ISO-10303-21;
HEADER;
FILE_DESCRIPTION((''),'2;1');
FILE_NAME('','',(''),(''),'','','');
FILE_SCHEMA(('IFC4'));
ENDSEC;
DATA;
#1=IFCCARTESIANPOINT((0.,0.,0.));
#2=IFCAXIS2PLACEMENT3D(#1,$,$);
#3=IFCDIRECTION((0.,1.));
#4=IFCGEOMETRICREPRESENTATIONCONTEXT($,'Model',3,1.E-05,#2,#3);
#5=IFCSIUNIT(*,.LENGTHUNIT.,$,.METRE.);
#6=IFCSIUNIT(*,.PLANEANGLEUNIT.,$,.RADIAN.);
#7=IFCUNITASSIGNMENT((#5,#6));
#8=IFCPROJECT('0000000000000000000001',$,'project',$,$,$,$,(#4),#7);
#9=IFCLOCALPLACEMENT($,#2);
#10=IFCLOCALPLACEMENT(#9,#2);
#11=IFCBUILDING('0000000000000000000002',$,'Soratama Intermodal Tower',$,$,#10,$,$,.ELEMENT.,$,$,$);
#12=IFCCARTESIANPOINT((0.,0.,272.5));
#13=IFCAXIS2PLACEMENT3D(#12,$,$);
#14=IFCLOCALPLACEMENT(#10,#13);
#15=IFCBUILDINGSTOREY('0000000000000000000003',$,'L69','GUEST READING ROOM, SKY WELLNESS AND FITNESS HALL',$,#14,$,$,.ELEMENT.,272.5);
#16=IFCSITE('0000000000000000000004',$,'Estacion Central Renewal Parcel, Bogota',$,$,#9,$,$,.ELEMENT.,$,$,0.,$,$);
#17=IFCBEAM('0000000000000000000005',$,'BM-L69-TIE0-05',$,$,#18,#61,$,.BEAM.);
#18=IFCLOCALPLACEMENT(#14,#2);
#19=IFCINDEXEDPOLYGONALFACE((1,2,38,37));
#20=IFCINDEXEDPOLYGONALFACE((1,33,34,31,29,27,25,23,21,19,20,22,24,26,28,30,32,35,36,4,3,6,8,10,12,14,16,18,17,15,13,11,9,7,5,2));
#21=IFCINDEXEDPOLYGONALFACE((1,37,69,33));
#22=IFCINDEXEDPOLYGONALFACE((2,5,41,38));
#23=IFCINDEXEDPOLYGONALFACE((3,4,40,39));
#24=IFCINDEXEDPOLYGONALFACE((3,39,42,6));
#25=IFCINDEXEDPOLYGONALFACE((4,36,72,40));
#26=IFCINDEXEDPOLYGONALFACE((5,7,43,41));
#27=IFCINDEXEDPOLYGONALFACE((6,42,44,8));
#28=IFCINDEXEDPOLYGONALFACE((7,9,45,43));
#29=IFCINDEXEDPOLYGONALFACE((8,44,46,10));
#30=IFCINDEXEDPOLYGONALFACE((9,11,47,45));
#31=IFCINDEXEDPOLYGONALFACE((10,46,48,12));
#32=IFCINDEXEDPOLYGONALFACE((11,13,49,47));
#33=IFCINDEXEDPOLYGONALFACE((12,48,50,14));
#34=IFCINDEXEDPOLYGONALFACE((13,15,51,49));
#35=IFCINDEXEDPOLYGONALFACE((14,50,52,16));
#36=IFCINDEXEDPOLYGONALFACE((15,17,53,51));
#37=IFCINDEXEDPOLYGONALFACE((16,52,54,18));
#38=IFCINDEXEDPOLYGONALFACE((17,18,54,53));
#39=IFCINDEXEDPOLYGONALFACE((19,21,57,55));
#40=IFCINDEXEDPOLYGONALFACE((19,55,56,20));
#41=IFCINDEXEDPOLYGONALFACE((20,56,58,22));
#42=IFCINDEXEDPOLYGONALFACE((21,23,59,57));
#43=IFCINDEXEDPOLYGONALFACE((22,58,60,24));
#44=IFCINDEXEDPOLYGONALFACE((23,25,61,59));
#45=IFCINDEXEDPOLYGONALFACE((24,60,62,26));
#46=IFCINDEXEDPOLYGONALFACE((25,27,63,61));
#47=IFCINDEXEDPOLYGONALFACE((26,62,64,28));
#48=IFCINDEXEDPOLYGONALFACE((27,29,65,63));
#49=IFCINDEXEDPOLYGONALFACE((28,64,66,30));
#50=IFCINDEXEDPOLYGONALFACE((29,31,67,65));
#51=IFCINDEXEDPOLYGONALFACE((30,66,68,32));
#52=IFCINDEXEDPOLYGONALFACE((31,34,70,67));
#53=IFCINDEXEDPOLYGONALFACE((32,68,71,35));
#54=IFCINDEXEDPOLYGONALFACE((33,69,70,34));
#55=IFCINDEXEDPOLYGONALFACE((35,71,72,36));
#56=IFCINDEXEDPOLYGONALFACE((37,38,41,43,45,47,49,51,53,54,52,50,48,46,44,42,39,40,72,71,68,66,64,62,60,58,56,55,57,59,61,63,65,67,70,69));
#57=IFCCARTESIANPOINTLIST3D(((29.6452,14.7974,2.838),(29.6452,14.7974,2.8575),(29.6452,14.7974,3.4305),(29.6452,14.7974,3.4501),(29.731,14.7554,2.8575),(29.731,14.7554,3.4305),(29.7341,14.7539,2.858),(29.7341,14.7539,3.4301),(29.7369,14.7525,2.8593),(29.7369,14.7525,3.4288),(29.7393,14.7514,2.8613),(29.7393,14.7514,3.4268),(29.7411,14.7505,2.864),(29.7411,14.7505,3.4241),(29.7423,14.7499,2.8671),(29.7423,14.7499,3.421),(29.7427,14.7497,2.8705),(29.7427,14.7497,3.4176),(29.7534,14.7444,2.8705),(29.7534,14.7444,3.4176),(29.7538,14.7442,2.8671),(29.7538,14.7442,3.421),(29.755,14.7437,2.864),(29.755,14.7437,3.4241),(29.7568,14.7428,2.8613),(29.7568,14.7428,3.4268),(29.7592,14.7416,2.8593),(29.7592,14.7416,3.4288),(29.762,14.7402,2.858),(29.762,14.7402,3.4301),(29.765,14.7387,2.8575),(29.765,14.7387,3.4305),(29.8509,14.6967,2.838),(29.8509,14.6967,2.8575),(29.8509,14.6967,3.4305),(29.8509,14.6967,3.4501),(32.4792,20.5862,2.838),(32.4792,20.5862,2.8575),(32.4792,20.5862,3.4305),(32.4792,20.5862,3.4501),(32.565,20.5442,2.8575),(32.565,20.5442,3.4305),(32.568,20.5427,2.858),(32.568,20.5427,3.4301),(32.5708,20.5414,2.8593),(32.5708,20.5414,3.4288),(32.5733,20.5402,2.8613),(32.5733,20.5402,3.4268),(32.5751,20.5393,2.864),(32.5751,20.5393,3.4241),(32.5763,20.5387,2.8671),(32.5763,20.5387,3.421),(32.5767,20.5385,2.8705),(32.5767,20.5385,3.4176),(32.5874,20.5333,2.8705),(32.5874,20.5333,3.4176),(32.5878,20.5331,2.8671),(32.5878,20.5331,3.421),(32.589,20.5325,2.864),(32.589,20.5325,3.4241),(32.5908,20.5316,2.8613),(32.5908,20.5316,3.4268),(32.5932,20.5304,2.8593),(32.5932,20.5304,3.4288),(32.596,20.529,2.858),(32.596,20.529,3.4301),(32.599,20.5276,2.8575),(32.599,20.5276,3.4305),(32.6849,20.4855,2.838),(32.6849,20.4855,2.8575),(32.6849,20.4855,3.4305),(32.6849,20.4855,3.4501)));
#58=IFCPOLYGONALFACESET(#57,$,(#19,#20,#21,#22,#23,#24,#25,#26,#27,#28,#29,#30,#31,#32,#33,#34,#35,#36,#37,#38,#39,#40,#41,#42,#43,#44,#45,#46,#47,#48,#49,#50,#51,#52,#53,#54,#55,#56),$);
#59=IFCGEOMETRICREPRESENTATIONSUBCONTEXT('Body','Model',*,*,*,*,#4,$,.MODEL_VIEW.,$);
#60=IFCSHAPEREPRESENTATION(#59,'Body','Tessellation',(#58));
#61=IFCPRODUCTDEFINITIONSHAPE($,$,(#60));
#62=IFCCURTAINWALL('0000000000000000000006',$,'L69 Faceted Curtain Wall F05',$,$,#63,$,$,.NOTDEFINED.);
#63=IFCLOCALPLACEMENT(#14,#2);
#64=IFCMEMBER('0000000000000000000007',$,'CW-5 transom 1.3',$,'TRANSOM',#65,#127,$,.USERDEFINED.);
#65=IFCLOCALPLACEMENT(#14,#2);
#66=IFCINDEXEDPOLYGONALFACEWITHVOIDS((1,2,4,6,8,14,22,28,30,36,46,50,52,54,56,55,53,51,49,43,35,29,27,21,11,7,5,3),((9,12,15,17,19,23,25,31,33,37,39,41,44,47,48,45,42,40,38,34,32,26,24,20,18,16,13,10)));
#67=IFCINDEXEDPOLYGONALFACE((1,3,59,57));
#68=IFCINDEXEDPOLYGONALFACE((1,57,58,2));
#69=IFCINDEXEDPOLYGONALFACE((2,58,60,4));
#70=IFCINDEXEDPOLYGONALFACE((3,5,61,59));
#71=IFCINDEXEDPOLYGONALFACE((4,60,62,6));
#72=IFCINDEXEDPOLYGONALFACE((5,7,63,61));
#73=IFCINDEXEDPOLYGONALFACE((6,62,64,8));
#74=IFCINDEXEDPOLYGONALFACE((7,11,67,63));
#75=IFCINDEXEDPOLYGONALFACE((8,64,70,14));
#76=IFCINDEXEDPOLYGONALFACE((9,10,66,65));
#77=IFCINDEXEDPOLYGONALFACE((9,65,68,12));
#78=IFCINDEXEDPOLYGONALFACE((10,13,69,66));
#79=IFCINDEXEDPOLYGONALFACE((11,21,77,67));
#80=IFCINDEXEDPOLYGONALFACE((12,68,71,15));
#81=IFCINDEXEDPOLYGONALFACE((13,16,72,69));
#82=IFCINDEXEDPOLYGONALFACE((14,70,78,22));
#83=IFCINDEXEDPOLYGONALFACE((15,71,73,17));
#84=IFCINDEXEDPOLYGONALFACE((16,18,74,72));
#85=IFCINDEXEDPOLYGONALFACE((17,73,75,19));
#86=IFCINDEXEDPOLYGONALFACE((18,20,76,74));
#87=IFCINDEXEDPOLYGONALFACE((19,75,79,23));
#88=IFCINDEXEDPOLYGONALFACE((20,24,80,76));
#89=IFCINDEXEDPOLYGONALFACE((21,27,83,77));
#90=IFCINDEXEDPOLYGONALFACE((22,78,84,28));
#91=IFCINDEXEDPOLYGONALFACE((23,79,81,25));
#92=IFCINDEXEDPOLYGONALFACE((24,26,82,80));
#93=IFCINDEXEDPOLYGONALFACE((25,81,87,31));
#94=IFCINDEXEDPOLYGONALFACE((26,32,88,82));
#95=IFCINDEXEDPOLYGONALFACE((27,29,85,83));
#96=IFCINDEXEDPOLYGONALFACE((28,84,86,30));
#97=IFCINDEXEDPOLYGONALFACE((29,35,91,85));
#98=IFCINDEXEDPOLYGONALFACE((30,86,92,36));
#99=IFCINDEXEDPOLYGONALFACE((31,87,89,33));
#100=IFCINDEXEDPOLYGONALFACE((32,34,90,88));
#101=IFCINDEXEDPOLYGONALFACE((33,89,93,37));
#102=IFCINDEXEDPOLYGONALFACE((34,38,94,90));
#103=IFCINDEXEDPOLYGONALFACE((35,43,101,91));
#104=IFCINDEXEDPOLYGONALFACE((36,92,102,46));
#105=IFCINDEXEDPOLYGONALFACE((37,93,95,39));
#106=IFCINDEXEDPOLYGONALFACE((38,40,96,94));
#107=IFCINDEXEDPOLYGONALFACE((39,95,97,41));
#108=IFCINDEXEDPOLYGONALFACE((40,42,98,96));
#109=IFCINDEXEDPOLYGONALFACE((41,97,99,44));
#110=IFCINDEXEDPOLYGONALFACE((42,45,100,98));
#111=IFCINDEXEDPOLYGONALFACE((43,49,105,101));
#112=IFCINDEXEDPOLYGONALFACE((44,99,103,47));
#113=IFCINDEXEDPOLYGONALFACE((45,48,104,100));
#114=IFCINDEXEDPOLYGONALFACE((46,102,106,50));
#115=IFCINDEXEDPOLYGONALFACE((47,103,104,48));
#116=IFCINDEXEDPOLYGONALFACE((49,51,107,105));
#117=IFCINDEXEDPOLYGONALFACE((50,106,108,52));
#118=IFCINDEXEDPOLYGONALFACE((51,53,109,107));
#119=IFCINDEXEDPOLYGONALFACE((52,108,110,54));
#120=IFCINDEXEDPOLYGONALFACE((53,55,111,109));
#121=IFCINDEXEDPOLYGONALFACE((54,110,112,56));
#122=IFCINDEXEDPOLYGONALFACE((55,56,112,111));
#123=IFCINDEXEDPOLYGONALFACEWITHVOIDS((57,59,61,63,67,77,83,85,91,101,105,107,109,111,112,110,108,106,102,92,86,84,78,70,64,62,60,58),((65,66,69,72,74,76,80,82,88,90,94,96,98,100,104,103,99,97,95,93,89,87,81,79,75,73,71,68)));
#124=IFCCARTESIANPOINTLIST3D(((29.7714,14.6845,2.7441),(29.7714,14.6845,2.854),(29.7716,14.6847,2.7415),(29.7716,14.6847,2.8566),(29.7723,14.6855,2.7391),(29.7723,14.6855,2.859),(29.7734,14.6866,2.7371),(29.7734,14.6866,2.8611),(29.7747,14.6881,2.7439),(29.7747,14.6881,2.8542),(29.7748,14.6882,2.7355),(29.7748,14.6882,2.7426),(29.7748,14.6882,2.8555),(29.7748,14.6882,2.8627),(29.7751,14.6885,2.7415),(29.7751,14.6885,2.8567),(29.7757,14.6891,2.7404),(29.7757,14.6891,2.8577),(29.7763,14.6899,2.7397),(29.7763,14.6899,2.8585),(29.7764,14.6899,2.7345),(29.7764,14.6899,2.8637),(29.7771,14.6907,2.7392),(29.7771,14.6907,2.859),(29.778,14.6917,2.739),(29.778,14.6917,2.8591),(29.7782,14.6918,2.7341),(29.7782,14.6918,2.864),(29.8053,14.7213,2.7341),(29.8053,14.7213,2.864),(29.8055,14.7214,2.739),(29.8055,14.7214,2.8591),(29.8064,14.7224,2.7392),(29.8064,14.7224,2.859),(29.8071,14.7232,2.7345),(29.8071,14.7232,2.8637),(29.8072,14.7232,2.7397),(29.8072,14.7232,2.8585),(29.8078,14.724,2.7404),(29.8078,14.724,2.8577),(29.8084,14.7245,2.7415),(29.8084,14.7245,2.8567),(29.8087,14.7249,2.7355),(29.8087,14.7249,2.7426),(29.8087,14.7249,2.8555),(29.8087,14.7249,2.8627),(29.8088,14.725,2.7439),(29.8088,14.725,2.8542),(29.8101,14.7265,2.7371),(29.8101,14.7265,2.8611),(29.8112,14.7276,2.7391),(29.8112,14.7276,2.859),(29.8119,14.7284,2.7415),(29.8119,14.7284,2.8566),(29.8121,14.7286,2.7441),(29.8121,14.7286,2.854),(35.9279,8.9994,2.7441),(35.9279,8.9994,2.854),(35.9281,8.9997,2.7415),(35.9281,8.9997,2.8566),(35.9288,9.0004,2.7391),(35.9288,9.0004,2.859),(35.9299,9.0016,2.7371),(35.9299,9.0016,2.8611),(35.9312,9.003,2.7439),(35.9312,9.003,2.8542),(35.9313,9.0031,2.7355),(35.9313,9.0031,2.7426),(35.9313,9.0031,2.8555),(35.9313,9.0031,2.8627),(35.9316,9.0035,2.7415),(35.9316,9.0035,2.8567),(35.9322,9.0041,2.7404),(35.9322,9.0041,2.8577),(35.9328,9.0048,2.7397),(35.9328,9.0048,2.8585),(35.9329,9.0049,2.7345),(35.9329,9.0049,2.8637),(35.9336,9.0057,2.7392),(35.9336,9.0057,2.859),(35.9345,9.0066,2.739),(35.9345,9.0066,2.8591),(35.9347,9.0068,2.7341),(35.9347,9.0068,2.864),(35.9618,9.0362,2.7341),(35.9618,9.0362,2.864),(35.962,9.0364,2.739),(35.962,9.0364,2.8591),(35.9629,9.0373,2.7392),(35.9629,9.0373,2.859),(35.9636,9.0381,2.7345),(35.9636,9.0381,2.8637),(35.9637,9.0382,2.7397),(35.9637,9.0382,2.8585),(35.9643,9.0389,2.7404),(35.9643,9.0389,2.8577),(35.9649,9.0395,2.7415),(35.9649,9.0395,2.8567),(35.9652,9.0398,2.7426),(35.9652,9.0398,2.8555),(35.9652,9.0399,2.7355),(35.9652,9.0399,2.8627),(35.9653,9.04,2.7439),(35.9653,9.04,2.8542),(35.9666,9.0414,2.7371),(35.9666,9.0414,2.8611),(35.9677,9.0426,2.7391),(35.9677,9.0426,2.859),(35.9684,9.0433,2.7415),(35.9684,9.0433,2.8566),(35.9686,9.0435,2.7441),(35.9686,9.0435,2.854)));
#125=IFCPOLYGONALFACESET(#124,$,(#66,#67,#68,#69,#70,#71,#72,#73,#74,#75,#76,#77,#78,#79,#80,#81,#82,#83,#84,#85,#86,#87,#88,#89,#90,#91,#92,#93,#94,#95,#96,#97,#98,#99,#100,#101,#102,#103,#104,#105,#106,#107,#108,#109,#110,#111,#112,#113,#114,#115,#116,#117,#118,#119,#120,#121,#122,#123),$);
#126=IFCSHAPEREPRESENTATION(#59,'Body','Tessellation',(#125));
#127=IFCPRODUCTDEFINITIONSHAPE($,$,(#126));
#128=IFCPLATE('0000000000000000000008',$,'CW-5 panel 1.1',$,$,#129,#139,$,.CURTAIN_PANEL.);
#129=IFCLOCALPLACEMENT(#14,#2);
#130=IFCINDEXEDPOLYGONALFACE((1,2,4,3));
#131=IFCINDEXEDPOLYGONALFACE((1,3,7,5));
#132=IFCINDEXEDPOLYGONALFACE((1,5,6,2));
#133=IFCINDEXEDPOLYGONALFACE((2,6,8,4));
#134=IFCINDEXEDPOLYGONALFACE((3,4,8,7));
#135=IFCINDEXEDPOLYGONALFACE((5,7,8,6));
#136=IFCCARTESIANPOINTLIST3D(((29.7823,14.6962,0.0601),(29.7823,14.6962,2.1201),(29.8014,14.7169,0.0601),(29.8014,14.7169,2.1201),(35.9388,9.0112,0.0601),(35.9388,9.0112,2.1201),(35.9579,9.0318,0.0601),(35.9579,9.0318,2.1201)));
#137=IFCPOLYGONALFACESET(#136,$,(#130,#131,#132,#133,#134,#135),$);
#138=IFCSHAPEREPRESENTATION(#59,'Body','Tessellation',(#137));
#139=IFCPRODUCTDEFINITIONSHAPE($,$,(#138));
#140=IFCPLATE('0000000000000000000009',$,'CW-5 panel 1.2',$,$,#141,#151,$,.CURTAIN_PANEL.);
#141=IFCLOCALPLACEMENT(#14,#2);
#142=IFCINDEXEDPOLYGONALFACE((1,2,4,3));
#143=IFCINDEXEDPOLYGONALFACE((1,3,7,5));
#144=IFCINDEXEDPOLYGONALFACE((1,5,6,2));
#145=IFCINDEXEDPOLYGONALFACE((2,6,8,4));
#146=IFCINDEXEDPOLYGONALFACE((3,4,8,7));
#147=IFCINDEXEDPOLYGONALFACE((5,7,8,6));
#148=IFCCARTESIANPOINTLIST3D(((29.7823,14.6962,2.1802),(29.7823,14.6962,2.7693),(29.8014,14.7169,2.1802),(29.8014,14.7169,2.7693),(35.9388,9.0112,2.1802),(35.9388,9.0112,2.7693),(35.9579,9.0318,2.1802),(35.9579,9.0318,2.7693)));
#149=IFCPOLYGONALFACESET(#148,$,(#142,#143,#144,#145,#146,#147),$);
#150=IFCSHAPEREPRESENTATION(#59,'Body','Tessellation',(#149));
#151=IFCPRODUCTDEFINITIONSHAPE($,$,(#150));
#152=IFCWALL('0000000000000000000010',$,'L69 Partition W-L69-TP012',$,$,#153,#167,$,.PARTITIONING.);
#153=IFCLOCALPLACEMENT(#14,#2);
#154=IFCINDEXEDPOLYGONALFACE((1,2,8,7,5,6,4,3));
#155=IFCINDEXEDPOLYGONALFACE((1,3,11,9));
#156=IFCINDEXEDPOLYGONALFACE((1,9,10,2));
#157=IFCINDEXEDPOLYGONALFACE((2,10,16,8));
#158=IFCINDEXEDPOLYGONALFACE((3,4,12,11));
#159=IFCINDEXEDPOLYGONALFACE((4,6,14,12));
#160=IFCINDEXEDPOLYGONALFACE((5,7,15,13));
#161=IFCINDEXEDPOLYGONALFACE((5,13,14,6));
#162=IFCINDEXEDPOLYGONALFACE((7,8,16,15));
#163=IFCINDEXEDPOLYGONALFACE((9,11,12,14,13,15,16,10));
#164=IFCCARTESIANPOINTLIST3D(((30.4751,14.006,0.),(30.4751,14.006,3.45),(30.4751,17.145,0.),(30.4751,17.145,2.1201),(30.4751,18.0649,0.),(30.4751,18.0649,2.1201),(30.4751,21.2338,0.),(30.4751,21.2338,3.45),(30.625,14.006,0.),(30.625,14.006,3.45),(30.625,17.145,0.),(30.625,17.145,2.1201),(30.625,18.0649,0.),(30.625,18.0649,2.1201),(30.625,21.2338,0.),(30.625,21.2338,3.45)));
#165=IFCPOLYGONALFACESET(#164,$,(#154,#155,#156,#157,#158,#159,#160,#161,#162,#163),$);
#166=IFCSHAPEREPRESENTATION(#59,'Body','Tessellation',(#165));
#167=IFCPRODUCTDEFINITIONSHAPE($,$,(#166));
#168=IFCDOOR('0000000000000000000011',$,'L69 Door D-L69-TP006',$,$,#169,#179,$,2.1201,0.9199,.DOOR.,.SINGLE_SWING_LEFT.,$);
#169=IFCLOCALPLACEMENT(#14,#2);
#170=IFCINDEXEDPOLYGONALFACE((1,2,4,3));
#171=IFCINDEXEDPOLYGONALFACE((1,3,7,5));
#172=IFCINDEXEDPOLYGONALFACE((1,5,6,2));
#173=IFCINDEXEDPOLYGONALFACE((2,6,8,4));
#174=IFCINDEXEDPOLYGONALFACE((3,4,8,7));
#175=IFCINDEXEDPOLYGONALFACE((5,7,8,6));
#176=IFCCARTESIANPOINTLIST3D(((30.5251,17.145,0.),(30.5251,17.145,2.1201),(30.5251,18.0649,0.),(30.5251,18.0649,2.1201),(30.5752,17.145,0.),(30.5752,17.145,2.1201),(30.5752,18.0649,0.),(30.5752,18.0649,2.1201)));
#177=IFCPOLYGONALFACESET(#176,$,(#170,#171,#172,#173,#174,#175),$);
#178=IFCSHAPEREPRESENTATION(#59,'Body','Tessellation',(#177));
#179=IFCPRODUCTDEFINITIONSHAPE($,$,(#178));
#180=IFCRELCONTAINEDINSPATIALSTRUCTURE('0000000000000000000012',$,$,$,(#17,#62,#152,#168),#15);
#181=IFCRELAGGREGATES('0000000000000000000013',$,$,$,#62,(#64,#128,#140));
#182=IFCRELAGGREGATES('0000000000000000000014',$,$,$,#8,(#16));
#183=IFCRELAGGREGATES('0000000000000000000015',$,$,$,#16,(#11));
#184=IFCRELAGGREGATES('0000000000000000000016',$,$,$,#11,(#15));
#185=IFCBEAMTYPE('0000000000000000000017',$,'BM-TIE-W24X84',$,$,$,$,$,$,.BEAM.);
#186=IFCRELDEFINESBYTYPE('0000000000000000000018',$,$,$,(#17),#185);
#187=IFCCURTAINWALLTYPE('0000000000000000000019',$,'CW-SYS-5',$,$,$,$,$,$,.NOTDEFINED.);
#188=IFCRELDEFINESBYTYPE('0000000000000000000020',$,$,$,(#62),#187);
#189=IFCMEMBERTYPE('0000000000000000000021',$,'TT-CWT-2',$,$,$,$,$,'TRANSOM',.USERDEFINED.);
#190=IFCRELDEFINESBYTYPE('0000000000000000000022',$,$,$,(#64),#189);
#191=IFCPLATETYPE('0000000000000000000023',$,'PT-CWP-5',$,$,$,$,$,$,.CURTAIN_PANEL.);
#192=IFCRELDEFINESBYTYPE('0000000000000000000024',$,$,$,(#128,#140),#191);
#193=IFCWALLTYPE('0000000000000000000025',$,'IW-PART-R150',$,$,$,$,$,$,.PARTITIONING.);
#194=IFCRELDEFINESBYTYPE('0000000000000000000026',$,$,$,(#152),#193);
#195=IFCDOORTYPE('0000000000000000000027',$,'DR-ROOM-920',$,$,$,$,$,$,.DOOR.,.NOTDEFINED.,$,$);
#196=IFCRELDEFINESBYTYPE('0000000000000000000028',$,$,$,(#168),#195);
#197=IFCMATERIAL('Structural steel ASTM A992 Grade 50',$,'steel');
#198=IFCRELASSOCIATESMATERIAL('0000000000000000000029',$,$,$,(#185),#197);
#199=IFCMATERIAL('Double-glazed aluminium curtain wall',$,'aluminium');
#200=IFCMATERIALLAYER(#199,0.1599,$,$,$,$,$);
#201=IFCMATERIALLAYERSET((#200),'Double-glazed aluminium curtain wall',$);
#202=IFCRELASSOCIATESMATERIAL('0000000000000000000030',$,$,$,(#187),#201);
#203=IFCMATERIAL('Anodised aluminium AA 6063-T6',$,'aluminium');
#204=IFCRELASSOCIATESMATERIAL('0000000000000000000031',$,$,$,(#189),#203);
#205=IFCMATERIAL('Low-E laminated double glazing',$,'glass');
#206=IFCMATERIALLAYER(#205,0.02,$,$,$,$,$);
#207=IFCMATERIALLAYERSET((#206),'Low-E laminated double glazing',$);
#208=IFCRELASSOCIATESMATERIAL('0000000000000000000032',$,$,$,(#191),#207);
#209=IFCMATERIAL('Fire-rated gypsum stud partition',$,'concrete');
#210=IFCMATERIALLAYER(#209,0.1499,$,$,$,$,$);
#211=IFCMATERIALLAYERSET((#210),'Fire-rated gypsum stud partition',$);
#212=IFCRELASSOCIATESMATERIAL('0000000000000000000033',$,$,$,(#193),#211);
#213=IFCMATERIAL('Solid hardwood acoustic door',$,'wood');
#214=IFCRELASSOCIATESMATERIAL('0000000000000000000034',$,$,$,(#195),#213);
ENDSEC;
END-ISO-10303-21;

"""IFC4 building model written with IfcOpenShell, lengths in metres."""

from ifc_helpers import new_model, si_unit, direction, frame, frame_2d, origin, origin_2d, place, context, subcontext, project, spatial, rectangle, hollow_rectangle, i_section, extrude, material, layer, layer_set, material_profile, profile_set, type_object, element, fill, aggregate, save


model = new_model("IFC4")

# Units and contexts
model_context = context("Model", 3, precision=1e-05, world=origin(), true_north=direction((0.0, 1.0)))
body_context = subcontext(model_context, "Body", "Model", "MODEL_VIEW")
ifc_project = project(units=[si_unit("LENGTHUNIT", "METRE"), si_unit("PLANEANGLEUNIT", "RADIAN")], contexts=[model_context])

# Site, building, storey
site_placement = place(None, origin())
site = spatial("IfcSite", under=ifc_project, at=site_placement, Name="Estacion Central Renewal Parcel, Bogota", CompositionType="ELEMENT", RefElevation=0.0)
building_placement = place(site_placement, origin())
building = spatial("IfcBuilding", under=site, at=building_placement, Name="Soratama Intermodal Tower", CompositionType="ELEMENT")
storey_placement = place(building_placement, frame((0.0, 0.0, 272.5)))
storey = spatial("IfcBuildingStorey", under=building, at=storey_placement, Name="L69", Description="GUEST READING ROOM, SKY WELLNESS AND FITNESS HALL", CompositionType="ELEMENT", Elevation=272.5)

# Beam
ifc_material_1 = material(Name="Structural steel ASTM A992 Grade 50", Category="steel")
ifc_material_profile_1 = material_profile(ifc_material_1, i_section(OverallWidth=0.229, OverallDepth=0.6121, WebThickness=0.012, FlangeThickness=0.0195, FilletRadius=0.0129, at=origin_2d()), Name="W24X84")
ifc_profile_set_1 = profile_set([ifc_material_profile_1], Name="Structural steel ASTM A992 Grade 50")
beam_type_1 = type_object("IfcBeamType", Name="BM-TIE-W24X84", PredefinedType="BEAM", material=ifc_profile_set_1)
beam_1_placement = place(storey_placement, frame((32.582, 20.5359, 3.144), z_axis=(-0.439698, -0.898146, 0.0), x_axis=(0.898146, -0.439698, 0.0)))
element("IfcBeam", 1, at=beam_1_placement, inside=storey, type_object=beam_type_1, Name="BM-L69-TIE0-05", PredefinedType="BEAM", context=body_context, shape_type="SweptSolid", body=[
    extrude(i_section(OverallWidth=0.229, OverallDepth=0.6121, WebThickness=0.012, FlangeThickness=0.0195, FilletRadius=0.0129, at=origin_2d()), origin(), (0.0, 0.0, 1.0), 6.4453),
])

# Curtain wall, member, plates
ifc_material_2 = material(Name="Double-glazed aluminium curtain wall", Category="aluminium")
ifc_layer_1 = layer(ifc_material_2, 0.1599)
ifc_layer_set_1 = layer_set([ifc_layer_1], Name="Double-glazed aluminium curtain wall")
curtain_wall_type = type_object("IfcCurtainWallType", Name="CW-SYS-5", PredefinedType="NOTDEFINED", material=ifc_layer_set_1)
curtain_wall_placement = place(storey_placement, origin())
curtain_wall = element("IfcCurtainWall", 2, at=curtain_wall_placement, inside=storey, type_object=curtain_wall_type, Name="L69 Faceted Curtain Wall F05", PredefinedType="NOTDEFINED")
ifc_material_3 = material(Name="Anodised aluminium AA 6063-T6", Category="aluminium")
ifc_material_profile_2 = material_profile(ifc_material_3, hollow_rectangle(XDim=0.0601, YDim=0.1299, WallThickness=0.0049, InnerFilletRadius=0.0049, OuterFilletRadius=0.01, at=origin_2d()), Name="CWT130X60X5")
ifc_profile_set_2 = profile_set([ifc_material_profile_2], Name="Anodised aluminium AA 6063-T6")
member_type = type_object("IfcMemberType", Name="TT-CWT-2", ElementType="TRANSOM", PredefinedType="USERDEFINED", material=ifc_profile_set_2)
member_placement = place(storey_placement, frame((29.7917, 14.7065, 2.7991), z_axis=(0.734676, -0.678418, 0.0), x_axis=(0.678418, 0.734676, 0.0)))
member = element("IfcMember", 3, at=member_placement, type_object=member_type, Name="CW-5 transom 1.3", ObjectType="TRANSOM", PredefinedType="USERDEFINED", context=body_context, shape_type="SweptSolid", body=[
    extrude(hollow_rectangle(XDim=0.0601, YDim=0.1299, WallThickness=0.0049, InnerFilletRadius=0.0049, OuterFilletRadius=0.01, at=origin_2d()), origin(), (0.0, 0.0, 1.0), 8.3799),
])
ifc_material_4 = material(Name="Low-E laminated double glazing", Category="glass")
ifc_layer_2 = layer(ifc_material_4, 0.02)
ifc_layer_set_2 = layer_set([ifc_layer_2], Name="Low-E laminated double glazing")
plate_type = type_object("IfcPlateType", Name="PT-CWP-5", PredefinedType="CURTAIN_PANEL", material=ifc_layer_set_2)
plate_1_placement = place(storey_placement, frame((32.8701, 11.864, 0.0601), z_axis=(0.0, 0.0, 1.0), x_axis=(0.734677, -0.678417, 0.0)))
plate_1 = element("IfcPlate", 4, at=plate_1_placement, type_object=plate_type, Name="CW-5 panel 1.1", PredefinedType="CURTAIN_PANEL", context=body_context, shape_type="SweptSolid", body=[
    extrude(rectangle(XDim=8.3799, YDim=0.0281, at=origin_2d()), origin(), (0.0, 0.0, 1.0), 2.0601),
])
plate_2_placement = place(storey_placement, frame((32.8701, 11.864, 2.1802), z_axis=(0.0, 0.0, 1.0), x_axis=(0.734677, -0.678417, 0.0)))
plate_2 = element("IfcPlate", 5, at=plate_2_placement, type_object=plate_type, Name="CW-5 panel 1.2", PredefinedType="CURTAIN_PANEL", context=body_context, shape_type="SweptSolid", body=[
    extrude(rectangle(XDim=8.3799, YDim=0.0281, at=origin_2d()), origin(), (0.0, 0.0, 1.0), 0.5891),
])
aggregate(curtain_wall, [member, plate_1, plate_2])

# Wall, opening, door
ifc_material_5 = material(Name="Fire-rated gypsum stud partition", Category="concrete")
ifc_layer_3 = layer(ifc_material_5, 0.1499)
ifc_layer_set_3 = layer_set([ifc_layer_3], Name="Fire-rated gypsum stud partition")
wall_type_1 = type_object("IfcWallType", Name="IW-PART-R150", PredefinedType="PARTITIONING", material=ifc_layer_set_3)
wall_1_placement = place(storey_placement, frame((30.55, 14.0061, 0.0), z_axis=(0.0, 0.0, 1.0), x_axis=(0.0, 1.0, 0.0)))
wall_1 = element("IfcWall", 6, at=wall_1_placement, inside=storey, type_object=wall_type_1, Name="L69 Partition W-L69-TP012", PredefinedType="PARTITIONING", context=body_context, shape_type="SweptSolid", body=[
    extrude(rectangle(XDim=7.2278, YDim=0.1499, at=frame_2d((3.6138, 0.0))), origin(), (0.0, 0.0, 1.0), 3.45),
])
opening_1_placement = place(wall_1_placement, frame((3.1389, 0.0, 0.0)))
opening_1 = element("IfcOpeningElement", 7, at=opening_1_placement, cuts=wall_1, PredefinedType="OPENING", context=body_context, shape_type="SweptSolid", body=[
    extrude(rectangle(XDim=0.9199, YDim=2.1201, at=frame_2d((0.46, 1.0601))), frame((0.0, 0.085, 0.0), z_axis=(0.0, -1.0, 0.0), x_axis=(1.0, 0.0, 0.0)), (0.0, 0.0, 1.0), 0.1699),
])
ifc_material_6 = material(Name="Solid hardwood acoustic door", Category="wood")
door_type = type_object("IfcDoorType", Name="DR-ROOM-920", OperationType="NOTDEFINED", PredefinedType="DOOR", material=ifc_material_6)
door_1_placement = place(opening_1_placement, origin())
door_1 = element("IfcDoor", 8, at=door_1_placement, inside=storey, type_object=door_type, Name="L69 Door D-L69-TP006", OperationType="SINGLE_SWING_LEFT", OverallHeight=2.1201, OverallWidth=0.9199, PredefinedType="DOOR", context=body_context, shape_type="SweptSolid", body=[
    extrude(rectangle(XDim=0.9199, YDim=2.1201, at=frame_2d((0.46, 1.0601))), frame((0.0, 0.0249, 0.0), z_axis=(0.0, -1.0, 0.0), x_axis=(1.0, 0.0, 0.0)), (0.0, 0.0, 1.0), 0.05),
])
fill(opening_1, door_1)

save(model, "model.ifc")
